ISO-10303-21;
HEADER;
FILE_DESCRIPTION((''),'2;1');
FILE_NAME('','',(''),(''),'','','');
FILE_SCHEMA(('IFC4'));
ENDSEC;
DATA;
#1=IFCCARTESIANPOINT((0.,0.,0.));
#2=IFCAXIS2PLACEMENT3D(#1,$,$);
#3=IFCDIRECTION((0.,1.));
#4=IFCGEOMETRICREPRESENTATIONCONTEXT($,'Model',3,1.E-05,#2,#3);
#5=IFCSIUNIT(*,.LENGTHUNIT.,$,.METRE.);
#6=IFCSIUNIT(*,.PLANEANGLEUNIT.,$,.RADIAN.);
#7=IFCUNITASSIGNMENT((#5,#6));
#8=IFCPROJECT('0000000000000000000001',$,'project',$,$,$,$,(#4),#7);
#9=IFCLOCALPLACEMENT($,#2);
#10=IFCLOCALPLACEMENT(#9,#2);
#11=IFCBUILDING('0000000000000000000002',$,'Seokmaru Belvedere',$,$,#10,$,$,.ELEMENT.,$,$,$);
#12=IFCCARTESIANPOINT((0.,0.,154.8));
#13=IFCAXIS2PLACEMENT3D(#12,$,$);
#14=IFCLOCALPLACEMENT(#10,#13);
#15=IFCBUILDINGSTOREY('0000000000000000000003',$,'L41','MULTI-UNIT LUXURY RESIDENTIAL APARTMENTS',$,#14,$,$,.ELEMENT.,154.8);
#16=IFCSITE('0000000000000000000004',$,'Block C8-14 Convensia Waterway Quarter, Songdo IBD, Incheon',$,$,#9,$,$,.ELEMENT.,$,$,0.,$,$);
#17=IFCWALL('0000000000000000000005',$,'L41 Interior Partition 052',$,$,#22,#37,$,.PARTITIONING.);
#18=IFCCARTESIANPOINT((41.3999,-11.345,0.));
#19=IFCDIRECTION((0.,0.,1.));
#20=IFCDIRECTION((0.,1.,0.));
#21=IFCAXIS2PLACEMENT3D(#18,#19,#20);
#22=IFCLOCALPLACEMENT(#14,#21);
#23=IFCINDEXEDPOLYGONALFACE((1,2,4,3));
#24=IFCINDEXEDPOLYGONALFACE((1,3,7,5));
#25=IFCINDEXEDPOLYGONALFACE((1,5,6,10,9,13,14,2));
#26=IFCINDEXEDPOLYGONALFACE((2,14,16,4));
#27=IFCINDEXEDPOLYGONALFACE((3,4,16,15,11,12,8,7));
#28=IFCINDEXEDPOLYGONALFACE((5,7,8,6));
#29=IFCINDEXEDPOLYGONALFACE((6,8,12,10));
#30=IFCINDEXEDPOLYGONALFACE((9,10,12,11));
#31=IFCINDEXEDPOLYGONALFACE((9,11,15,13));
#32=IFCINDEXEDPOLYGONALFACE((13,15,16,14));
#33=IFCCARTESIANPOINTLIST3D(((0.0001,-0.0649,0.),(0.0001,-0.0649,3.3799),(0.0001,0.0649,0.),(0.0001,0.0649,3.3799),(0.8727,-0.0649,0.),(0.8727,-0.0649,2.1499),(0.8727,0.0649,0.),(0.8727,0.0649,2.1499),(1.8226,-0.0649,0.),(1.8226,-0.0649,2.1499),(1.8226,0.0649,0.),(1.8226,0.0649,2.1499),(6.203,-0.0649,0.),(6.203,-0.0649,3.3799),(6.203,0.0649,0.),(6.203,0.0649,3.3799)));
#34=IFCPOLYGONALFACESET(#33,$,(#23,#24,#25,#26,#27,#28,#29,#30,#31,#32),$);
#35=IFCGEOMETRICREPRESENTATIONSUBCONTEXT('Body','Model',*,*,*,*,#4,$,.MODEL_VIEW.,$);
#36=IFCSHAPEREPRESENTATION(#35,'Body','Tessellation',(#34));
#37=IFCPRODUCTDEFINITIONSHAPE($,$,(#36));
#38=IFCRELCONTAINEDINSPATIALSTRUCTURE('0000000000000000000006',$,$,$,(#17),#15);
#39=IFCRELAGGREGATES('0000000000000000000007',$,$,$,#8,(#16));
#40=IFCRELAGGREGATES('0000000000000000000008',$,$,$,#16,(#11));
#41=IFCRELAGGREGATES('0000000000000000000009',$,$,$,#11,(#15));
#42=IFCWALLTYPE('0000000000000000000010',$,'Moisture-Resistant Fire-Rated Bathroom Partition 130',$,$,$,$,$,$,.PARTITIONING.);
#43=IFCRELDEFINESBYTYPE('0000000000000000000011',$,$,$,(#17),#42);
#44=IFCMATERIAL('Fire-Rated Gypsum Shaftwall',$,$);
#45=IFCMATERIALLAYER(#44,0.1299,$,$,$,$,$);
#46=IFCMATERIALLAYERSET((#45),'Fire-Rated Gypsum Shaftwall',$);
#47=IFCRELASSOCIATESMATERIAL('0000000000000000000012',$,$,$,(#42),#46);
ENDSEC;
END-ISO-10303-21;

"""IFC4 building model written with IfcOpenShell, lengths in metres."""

from ifc_helpers import new_model, si_unit, direction, frame, frame_2d, origin, place, context, subcontext, project, spatial, rectangle, extrude, material, layer, layer_set, type_object, element, save


model = new_model("IFC4")

# Units and contexts
model_context = context("Model", 3, precision=1e-05, world=origin(), true_north=direction((0.0, 1.0)))
body_context = subcontext(model_context, "Body", "Model", "MODEL_VIEW")
ifc_project = project(units=[si_unit("LENGTHUNIT", "METRE"), si_unit("PLANEANGLEUNIT", "RADIAN")], contexts=[model_context])

# Site, building, storey
site_placement = place(None, origin())
site = spatial("IfcSite", under=ifc_project, at=site_placement, Name="Block C8-14 Convensia Waterway Quarter, Songdo IBD, Incheon", CompositionType="ELEMENT", RefElevation=0.0)
building_placement = place(site_placement, origin())
building = spatial("IfcBuilding", under=site, at=building_placement, Name="Seokmaru Belvedere", CompositionType="ELEMENT")
storey_placement = place(building_placement, frame((0.0, 0.0, 154.8)))
storey = spatial("IfcBuildingStorey", under=building, at=storey_placement, Name="L41", Description="MULTI-UNIT LUXURY RESIDENTIAL APARTMENTS", CompositionType="ELEMENT", Elevation=154.8)

# Shared definitions
ifc_material_1 = material(Name="Fire-Rated Gypsum Shaftwall")

# Shared definitions
ifc_layer_1 = layer(ifc_material_1, 0.1299)
ifc_layer_set_1 = layer_set([ifc_layer_1], Name="Fire-Rated Gypsum Shaftwall")
wall_type_1 = type_object("IfcWallType", Name="Moisture-Resistant Fire-Rated Bathroom Partition 130", PredefinedType="PARTITIONING", material=ifc_layer_set_1)

# Wall, opening
wall_1_placement = place(storey_placement, frame((41.3999, -11.345, 0.0), z_axis=(0.0, 0.0, 1.0), x_axis=(0.0, 1.0, 0.0)))
wall_1 = element("IfcWall", 1, at=wall_1_placement, inside=storey, type_object=wall_type_1, Name="L41 Interior Partition 052", PredefinedType="PARTITIONING", context=body_context, shape_type="SweptSolid", body=[
    extrude(rectangle(XDim=6.2029, YDim=0.1299, at=frame_2d((3.1016, 0.0))), origin(), (0.0, 0.0, 1.0), 3.3799),
])
opening_1_placement = place(wall_1_placement, frame((0.8726, 0.0, 0.0)))
element("IfcOpeningElement", 2, at=opening_1_placement, cuts=wall_1, PredefinedType="OPENING", context=body_context, shape_type="SweptSolid", body=[
    extrude(rectangle(XDim=0.95, YDim=2.1499, at=frame_2d((0.4751, 1.075))), frame((0.0, 0.075, 0.0), z_axis=(0.0, -1.0, 0.0), x_axis=(1.0, 0.0, 0.0)), (0.0, 0.0, 1.0), 0.1499),
])

save(model, "model.ifc")
